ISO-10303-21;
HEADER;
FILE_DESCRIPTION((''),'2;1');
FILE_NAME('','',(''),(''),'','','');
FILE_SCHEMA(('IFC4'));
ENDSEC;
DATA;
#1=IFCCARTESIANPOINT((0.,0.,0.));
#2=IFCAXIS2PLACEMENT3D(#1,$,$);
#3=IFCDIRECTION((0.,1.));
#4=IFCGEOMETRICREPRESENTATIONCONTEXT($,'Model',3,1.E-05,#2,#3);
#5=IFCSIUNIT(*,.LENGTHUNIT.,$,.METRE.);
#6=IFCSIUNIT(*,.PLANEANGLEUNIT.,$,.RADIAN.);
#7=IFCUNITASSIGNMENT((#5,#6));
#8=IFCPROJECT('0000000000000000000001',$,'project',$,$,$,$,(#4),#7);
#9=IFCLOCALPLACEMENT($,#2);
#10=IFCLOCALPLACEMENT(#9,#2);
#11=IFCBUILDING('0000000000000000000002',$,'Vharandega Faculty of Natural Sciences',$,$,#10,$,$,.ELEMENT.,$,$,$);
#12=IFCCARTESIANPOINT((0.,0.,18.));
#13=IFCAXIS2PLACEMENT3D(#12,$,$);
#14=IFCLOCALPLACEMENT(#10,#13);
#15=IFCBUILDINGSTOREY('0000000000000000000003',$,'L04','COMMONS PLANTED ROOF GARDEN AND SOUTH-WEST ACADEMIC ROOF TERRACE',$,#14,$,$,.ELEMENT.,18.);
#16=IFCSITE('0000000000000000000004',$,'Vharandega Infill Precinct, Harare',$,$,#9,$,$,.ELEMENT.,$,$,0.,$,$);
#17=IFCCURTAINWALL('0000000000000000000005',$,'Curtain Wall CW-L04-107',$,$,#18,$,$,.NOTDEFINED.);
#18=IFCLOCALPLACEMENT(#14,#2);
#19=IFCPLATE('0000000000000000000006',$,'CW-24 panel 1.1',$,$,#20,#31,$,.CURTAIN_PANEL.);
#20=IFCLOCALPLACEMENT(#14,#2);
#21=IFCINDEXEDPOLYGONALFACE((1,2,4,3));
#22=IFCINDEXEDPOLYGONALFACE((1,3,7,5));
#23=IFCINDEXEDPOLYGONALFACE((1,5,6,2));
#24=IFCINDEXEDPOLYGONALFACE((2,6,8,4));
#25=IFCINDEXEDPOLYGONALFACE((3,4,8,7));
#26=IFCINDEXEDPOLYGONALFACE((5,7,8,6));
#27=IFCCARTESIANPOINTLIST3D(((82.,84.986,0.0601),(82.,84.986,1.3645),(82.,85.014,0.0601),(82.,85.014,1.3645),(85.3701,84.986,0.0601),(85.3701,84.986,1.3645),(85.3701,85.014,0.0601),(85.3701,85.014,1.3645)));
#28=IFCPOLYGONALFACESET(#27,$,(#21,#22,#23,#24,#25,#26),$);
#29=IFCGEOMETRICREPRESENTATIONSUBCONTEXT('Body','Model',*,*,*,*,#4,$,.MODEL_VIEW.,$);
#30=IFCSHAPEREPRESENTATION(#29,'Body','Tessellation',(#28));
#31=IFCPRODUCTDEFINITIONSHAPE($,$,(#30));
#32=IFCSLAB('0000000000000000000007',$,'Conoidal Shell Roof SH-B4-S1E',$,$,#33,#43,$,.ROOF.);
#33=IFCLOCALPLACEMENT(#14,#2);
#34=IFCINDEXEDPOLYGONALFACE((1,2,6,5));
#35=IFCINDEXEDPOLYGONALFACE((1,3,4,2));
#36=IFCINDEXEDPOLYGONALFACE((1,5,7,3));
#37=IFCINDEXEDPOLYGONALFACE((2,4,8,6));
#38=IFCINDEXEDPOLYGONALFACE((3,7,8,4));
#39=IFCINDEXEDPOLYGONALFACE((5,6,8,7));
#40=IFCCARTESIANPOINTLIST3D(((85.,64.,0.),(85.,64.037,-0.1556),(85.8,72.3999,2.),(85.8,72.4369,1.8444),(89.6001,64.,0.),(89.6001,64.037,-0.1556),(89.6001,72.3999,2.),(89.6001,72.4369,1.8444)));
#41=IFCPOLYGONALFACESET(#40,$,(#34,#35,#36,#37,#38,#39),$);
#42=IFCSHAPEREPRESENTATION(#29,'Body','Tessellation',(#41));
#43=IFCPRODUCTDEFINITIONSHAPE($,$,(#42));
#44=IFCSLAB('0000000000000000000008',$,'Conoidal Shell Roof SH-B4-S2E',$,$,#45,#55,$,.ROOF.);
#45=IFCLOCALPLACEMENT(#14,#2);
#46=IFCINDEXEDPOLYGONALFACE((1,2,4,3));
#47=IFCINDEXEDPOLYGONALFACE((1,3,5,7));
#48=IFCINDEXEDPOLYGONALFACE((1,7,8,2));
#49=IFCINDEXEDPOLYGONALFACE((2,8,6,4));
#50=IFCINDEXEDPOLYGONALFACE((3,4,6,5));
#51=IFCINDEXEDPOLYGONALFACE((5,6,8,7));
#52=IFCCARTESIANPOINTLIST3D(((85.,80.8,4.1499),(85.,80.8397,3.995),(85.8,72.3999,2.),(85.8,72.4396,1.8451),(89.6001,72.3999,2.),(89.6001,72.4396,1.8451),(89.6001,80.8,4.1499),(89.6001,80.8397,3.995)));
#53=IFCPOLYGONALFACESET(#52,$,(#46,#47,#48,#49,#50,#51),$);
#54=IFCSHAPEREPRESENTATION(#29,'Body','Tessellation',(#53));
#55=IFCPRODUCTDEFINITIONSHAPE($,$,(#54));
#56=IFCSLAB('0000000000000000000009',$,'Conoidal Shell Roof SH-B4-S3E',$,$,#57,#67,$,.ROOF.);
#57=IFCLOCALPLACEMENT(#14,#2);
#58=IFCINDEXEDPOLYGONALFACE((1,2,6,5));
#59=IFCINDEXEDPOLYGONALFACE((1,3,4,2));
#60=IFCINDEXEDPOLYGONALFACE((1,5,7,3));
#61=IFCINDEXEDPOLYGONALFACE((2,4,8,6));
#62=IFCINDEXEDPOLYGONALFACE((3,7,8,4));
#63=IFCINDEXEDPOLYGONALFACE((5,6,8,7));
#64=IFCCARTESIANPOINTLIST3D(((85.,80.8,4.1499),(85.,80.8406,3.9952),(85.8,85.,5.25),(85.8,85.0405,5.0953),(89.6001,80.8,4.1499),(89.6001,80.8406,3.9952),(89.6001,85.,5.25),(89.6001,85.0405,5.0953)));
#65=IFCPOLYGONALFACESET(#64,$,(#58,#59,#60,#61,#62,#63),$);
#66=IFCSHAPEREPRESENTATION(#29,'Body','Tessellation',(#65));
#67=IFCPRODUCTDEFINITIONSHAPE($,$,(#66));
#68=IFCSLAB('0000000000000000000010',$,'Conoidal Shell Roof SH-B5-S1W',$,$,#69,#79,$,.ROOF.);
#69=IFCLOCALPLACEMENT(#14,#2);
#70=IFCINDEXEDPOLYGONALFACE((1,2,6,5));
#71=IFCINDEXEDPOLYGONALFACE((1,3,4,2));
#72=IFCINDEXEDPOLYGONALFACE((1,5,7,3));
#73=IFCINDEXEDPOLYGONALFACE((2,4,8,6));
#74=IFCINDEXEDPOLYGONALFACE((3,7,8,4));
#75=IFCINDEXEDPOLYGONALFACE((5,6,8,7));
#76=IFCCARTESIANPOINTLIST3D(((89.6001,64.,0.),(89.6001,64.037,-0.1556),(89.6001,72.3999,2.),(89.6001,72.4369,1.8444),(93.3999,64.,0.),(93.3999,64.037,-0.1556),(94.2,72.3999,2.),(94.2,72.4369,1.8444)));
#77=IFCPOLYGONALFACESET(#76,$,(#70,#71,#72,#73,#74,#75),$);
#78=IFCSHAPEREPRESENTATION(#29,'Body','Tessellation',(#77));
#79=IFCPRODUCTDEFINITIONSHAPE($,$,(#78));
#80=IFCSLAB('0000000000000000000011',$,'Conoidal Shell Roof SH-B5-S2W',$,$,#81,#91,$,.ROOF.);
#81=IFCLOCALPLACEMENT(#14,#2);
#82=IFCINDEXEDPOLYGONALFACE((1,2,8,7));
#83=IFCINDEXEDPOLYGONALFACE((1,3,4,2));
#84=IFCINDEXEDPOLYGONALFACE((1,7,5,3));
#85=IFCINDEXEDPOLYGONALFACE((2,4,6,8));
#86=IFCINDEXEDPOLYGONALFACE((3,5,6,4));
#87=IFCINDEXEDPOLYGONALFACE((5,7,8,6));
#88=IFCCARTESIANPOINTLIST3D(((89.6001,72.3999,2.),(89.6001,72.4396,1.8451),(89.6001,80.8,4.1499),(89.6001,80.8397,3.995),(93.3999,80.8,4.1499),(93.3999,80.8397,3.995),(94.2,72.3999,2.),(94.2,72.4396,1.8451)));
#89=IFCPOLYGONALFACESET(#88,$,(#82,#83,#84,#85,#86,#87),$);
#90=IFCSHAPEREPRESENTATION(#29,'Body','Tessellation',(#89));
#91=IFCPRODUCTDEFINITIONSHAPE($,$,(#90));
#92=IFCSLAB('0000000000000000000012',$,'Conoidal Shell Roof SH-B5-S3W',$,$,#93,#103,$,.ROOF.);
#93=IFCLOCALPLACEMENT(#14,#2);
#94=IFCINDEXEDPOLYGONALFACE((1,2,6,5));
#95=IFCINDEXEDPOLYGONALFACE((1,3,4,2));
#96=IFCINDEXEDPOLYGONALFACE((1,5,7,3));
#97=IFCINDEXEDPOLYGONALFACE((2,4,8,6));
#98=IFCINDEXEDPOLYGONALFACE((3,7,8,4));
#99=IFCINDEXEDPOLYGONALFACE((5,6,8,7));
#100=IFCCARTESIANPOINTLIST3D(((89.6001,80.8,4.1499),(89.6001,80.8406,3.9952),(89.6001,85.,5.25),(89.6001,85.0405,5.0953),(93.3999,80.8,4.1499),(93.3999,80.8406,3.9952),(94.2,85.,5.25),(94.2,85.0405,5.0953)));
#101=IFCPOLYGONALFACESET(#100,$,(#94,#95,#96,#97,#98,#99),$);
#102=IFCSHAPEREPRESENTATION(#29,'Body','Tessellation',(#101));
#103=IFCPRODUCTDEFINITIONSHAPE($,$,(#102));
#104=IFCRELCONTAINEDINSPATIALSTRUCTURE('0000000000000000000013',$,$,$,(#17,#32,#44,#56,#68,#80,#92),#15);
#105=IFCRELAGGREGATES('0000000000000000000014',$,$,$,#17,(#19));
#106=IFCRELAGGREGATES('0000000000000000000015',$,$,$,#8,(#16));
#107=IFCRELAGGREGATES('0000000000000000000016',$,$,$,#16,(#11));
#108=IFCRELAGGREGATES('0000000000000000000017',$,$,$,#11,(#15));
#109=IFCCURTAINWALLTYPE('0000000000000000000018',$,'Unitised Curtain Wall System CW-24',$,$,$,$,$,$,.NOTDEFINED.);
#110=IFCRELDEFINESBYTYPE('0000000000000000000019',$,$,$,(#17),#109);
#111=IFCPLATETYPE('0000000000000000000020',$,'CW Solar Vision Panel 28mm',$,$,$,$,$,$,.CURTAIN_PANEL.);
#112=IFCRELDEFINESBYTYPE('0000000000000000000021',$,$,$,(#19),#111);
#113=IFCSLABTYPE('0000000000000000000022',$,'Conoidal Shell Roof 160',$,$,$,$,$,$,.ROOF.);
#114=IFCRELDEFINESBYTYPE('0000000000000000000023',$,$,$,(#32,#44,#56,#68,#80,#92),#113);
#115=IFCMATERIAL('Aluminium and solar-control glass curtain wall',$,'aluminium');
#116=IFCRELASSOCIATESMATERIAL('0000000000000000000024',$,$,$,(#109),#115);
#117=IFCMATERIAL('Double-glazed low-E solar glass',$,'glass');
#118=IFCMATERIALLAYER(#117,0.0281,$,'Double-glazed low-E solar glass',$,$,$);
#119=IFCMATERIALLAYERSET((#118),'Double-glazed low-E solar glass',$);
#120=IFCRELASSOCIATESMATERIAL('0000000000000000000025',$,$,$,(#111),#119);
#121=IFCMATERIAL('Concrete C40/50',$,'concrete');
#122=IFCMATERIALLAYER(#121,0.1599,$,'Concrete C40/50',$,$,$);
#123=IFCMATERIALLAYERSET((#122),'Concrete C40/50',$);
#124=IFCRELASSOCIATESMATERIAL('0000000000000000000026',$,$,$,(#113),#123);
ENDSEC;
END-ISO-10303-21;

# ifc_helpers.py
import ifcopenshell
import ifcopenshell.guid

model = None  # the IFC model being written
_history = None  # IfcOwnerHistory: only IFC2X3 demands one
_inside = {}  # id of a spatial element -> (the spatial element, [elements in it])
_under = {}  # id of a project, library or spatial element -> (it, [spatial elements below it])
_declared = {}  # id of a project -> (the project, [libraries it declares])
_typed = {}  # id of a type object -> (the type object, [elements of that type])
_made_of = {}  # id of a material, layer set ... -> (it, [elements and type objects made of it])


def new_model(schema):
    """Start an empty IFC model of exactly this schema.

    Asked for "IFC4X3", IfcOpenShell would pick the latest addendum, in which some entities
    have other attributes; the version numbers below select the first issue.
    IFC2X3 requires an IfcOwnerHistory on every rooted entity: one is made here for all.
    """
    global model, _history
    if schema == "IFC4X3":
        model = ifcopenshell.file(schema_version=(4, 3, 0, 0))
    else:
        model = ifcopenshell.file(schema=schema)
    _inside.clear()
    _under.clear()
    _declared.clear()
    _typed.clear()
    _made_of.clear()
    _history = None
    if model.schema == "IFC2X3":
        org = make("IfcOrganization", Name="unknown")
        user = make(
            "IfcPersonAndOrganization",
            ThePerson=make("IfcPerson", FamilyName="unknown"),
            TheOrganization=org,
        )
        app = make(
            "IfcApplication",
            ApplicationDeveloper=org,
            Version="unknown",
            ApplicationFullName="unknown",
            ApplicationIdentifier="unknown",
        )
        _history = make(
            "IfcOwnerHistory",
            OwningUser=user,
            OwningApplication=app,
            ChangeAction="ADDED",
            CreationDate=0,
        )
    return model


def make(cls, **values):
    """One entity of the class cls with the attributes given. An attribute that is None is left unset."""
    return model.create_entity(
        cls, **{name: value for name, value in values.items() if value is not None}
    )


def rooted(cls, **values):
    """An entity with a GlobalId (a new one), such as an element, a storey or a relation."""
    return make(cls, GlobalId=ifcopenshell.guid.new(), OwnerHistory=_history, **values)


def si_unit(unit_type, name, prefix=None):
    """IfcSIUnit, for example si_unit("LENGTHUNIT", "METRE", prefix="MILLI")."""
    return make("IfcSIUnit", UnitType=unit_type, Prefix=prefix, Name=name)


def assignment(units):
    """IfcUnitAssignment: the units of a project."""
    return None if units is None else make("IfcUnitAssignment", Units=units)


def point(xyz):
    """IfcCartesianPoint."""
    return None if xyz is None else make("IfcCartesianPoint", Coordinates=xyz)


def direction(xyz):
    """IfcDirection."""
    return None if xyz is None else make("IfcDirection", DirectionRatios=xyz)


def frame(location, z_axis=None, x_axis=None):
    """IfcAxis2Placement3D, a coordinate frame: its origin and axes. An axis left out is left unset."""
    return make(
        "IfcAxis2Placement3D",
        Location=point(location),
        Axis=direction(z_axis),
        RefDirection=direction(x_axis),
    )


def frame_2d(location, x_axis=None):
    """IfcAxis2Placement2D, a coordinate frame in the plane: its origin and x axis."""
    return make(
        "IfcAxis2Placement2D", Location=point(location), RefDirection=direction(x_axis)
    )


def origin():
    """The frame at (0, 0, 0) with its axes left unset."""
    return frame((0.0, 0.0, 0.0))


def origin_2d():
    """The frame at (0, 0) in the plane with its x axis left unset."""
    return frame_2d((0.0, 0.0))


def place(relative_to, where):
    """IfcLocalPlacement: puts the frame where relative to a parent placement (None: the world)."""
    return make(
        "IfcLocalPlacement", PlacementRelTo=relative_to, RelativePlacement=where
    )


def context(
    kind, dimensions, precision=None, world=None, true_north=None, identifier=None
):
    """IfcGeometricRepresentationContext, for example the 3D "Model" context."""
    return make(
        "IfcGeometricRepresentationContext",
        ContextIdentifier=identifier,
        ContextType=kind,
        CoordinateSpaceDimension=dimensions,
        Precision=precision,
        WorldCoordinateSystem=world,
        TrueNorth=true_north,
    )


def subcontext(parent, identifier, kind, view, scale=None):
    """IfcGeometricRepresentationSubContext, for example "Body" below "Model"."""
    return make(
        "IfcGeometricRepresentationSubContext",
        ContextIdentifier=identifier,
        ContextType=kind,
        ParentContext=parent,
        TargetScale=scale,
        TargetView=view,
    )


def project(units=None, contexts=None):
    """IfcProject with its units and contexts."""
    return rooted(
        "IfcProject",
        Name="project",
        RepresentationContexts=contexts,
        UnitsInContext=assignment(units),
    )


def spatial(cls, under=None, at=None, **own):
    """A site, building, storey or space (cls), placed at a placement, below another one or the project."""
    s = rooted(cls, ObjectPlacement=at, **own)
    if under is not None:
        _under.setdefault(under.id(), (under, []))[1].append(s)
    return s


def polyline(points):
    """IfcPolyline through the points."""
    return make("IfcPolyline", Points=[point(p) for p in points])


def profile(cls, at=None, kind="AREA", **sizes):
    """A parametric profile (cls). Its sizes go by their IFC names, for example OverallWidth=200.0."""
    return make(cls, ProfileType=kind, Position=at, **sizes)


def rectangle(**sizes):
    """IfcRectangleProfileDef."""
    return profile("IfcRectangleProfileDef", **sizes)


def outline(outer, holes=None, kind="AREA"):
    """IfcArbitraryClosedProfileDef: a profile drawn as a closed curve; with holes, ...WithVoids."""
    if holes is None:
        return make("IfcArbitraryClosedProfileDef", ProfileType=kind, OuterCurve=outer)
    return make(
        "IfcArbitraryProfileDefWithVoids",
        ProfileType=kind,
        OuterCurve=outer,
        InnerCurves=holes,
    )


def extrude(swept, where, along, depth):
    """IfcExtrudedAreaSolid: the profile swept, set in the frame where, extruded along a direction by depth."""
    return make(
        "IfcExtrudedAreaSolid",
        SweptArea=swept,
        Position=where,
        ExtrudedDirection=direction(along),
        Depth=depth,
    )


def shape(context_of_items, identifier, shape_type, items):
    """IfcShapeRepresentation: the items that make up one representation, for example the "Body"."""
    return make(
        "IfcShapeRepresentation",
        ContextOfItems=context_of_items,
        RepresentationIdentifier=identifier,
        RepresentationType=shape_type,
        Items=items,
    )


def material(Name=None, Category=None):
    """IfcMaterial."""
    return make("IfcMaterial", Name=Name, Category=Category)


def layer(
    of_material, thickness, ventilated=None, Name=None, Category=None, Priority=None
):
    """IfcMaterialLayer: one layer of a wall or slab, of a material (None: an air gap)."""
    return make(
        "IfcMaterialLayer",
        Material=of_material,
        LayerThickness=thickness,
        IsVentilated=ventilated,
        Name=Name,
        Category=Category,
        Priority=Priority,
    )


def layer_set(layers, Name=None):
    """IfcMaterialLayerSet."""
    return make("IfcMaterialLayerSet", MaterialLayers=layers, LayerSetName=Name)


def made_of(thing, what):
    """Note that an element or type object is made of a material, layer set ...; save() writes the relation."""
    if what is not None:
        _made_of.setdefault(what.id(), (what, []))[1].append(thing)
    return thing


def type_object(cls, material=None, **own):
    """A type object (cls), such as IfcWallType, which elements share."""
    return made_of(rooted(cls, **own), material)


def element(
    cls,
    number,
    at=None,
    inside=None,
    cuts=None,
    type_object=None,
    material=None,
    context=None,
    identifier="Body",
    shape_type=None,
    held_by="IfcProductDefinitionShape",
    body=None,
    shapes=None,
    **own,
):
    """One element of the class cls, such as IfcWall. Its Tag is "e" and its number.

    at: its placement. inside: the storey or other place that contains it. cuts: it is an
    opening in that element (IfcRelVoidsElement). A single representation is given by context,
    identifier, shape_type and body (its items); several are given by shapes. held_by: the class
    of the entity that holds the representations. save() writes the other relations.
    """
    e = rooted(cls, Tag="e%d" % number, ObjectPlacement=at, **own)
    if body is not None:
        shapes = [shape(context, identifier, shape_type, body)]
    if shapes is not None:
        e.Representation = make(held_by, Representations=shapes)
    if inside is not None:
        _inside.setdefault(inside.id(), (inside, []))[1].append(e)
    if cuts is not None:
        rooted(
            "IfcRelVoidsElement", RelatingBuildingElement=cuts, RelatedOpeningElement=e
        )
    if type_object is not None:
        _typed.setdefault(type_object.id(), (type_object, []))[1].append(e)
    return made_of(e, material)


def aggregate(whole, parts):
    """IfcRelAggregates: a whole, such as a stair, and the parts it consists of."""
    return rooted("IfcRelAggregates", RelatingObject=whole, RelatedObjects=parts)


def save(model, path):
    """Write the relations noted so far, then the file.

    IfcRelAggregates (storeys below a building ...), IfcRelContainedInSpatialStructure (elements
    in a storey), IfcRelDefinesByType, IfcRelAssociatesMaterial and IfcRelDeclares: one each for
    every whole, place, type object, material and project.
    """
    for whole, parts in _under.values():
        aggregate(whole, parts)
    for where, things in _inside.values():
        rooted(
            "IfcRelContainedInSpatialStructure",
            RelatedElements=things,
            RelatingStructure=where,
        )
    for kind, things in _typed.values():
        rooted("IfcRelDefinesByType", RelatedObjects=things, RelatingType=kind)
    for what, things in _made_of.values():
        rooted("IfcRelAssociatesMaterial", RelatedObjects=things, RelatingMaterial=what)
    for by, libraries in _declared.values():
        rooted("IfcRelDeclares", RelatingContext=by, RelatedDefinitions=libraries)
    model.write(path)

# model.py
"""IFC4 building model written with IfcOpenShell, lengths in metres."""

from ifc_helpers import new_model, si_unit, direction, frame, origin, origin_2d, place, context, subcontext, project, spatial, polyline, rectangle, outline, extrude, material, layer, layer_set, type_object, element, aggregate, save


model = new_model("IFC4")

# Units and contexts
model_context = context("Model", 3, precision=1e-05, world=origin(), true_north=direction((0.0, 1.0)))
body_context = subcontext(model_context, "Body", "Model", "MODEL_VIEW")
ifc_project = project(units=[si_unit("LENGTHUNIT", "METRE"), si_unit("PLANEANGLEUNIT", "RADIAN")], contexts=[model_context])

# Site, building, storey
site_placement = place(None, origin())
site = spatial("IfcSite", under=ifc_project, at=site_placement, Name="Vharandega Infill Precinct, Harare", CompositionType="ELEMENT", RefElevation=0.0)
building_placement = place(site_placement, origin())
building = spatial("IfcBuilding", under=site, at=building_placement, Name="Vharandega Faculty of Natural Sciences", CompositionType="ELEMENT")
storey_placement = place(building_placement, frame((0.0, 0.0, 18.0)))
storey = spatial("IfcBuildingStorey", under=building, at=storey_placement, Name="L04", Description="COMMONS PLANTED ROOF GARDEN AND SOUTH-WEST ACADEMIC ROOF TERRACE", CompositionType="ELEMENT", Elevation=18.0)

# Curtain wall
ifc_material_1 = material(Name="Aluminium and solar-control glass curtain wall", Category="aluminium")
curtain_wall_type = type_object("IfcCurtainWallType", Name="Unitised Curtain Wall System CW-24", PredefinedType="NOTDEFINED", material=ifc_material_1)
curtain_wall_placement = place(storey_placement, origin())
curtain_wall = element("IfcCurtainWall", 1, at=curtain_wall_placement, inside=storey, type_object=curtain_wall_type, Name="Curtain Wall CW-L04-107", PredefinedType="NOTDEFINED")

# Plate
ifc_material_2 = material(Name="Double-glazed low-E solar glass", Category="glass")
ifc_layer_1 = layer(ifc_material_2, 0.0281, Name="Double-glazed low-E solar glass")
ifc_layer_set_1 = layer_set([ifc_layer_1], Name="Double-glazed low-E solar glass")
plate_type = type_object("IfcPlateType", Name="CW Solar Vision Panel 28mm", PredefinedType="CURTAIN_PANEL", material=ifc_layer_set_1)
plate_placement = place(storey_placement, frame((83.6851, 85.0, 0.0601), z_axis=(0.0, 0.0, 1.0), x_axis=(1.0, 0.0, 0.0)))
plate = element("IfcPlate", 2, at=plate_placement, type_object=plate_type, Name="CW-24 panel 1.1", PredefinedType="CURTAIN_PANEL", context=body_context, shape_type="SweptSolid", body=[
    extrude(rectangle(XDim=3.3701, YDim=0.0281, at=origin_2d()), origin(), (0.0, 0.0, 1.0), 1.3044),
])
aggregate(curtain_wall, [plate])

# Slabs
ifc_material_3 = material(Name="Concrete C40/50", Category="concrete")
ifc_layer_2 = layer(ifc_material_3, 0.1599, Name="Concrete C40/50")
ifc_layer_set_2 = layer_set([ifc_layer_2], Name="Concrete C40/50")
slab_type = type_object("IfcSlabType", Name="Conoidal Shell Roof 160", PredefinedType="ROOF", material=ifc_layer_set_2)
slab_1_placement = place(storey_placement, frame((85.0, 64.0, 0.0), z_axis=(0.0, -0.231623, 0.972806), x_axis=(1.0, 0.0, 0.0)))
element("IfcSlab", 3, at=slab_1_placement, inside=storey, type_object=slab_type, Name="Conoidal Shell Roof SH-B4-S1E", PredefinedType="ROOF", context=body_context, shape_type="SweptSolid", body=[
    extrude(outline(polyline([(0.0, 0.0), (4.6001, 0.0), (4.6001, 8.6347), (0.8, 8.6347), (0.0, 0.0)])), origin(), (0.0, 0.0, -1.0), 0.1599),
])
slab_2_placement = place(storey_placement, frame((85.8, 72.3999, 2.0), z_axis=(0.0, -0.247944, 0.968774), x_axis=(1.0, 0.0, 0.0)))
element("IfcSlab", 4, at=slab_2_placement, inside=storey, type_object=slab_type, Name="Conoidal Shell Roof SH-B4-S2E", PredefinedType="ROOF", context=body_context, shape_type="SweptSolid", body=[
    extrude(outline(polyline([(0.0, 0.0), (3.8, 0.0), (3.8, 8.6709), (-0.8, 8.6709), (0.0, 0.0)])), origin(), (0.0, 0.0, -1.0), 0.1599),
])
slab_3_placement = place(storey_placement, frame((85.0, 80.8, 4.1499), z_axis=(0.0, -0.253383, 0.967366), x_axis=(1.0, 0.0, 0.0)))
element("IfcSlab", 5, at=slab_3_placement, inside=storey, type_object=slab_type, Name="Conoidal Shell Roof SH-B4-S3E", PredefinedType="ROOF", context=body_context, shape_type="SweptSolid", body=[
    extrude(outline(polyline([(0.0, 0.0), (4.6001, 0.0), (4.6001, 4.3416), (0.8, 4.3416), (0.0, 0.0)])), origin(), (0.0, 0.0, -1.0), 0.1599),
])
slab_4_placement = place(storey_placement, frame((89.6001, 64.0, 0.0), z_axis=(0.0, -0.231623, 0.972806), x_axis=(1.0, 0.0, 0.0)))
element("IfcSlab", 6, at=slab_4_placement, inside=storey, type_object=slab_type, Name="Conoidal Shell Roof SH-B5-S1W", PredefinedType="ROOF", context=body_context, shape_type="SweptSolid", body=[
    extrude(outline(polyline([(0.0, 0.0), (3.7998, 0.0), (4.5999, 8.6347), (0.0, 8.6347), (0.0, 0.0)])), origin(), (0.0, 0.0, -1.0), 0.1599),
])
slab_5_placement = place(storey_placement, frame((89.6001, 72.3999, 2.0), z_axis=(0.0, -0.247944, 0.968774), x_axis=(1.0, 0.0, 0.0)))
element("IfcSlab", 7, at=slab_5_placement, inside=storey, type_object=slab_type, Name="Conoidal Shell Roof SH-B5-S2W", PredefinedType="ROOF", context=body_context, shape_type="SweptSolid", body=[
    extrude(outline(polyline([(0.0, 0.0), (4.5999, 0.0), (3.7998, 8.6709), (0.0, 8.6709), (0.0, 0.0)])), origin(), (0.0, 0.0, -1.0), 0.1599),
])
slab_6_placement = place(storey_placement, frame((89.6001, 80.8, 4.1499), z_axis=(0.0, -0.253383, 0.967366), x_axis=(1.0, 0.0, 0.0)))
element("IfcSlab", 8, at=slab_6_placement, inside=storey, type_object=slab_type, Name="Conoidal Shell Roof SH-B5-S3W", PredefinedType="ROOF", context=body_context, shape_type="SweptSolid", body=[
    extrude(outline(polyline([(0.0, 0.0), (3.7998, 0.0), (4.5999, 4.3416), (0.0, 4.3416), (0.0, 0.0)])), origin(), (0.0, 0.0, -1.0), 0.1599),
])

save(model, "model.ifc")
